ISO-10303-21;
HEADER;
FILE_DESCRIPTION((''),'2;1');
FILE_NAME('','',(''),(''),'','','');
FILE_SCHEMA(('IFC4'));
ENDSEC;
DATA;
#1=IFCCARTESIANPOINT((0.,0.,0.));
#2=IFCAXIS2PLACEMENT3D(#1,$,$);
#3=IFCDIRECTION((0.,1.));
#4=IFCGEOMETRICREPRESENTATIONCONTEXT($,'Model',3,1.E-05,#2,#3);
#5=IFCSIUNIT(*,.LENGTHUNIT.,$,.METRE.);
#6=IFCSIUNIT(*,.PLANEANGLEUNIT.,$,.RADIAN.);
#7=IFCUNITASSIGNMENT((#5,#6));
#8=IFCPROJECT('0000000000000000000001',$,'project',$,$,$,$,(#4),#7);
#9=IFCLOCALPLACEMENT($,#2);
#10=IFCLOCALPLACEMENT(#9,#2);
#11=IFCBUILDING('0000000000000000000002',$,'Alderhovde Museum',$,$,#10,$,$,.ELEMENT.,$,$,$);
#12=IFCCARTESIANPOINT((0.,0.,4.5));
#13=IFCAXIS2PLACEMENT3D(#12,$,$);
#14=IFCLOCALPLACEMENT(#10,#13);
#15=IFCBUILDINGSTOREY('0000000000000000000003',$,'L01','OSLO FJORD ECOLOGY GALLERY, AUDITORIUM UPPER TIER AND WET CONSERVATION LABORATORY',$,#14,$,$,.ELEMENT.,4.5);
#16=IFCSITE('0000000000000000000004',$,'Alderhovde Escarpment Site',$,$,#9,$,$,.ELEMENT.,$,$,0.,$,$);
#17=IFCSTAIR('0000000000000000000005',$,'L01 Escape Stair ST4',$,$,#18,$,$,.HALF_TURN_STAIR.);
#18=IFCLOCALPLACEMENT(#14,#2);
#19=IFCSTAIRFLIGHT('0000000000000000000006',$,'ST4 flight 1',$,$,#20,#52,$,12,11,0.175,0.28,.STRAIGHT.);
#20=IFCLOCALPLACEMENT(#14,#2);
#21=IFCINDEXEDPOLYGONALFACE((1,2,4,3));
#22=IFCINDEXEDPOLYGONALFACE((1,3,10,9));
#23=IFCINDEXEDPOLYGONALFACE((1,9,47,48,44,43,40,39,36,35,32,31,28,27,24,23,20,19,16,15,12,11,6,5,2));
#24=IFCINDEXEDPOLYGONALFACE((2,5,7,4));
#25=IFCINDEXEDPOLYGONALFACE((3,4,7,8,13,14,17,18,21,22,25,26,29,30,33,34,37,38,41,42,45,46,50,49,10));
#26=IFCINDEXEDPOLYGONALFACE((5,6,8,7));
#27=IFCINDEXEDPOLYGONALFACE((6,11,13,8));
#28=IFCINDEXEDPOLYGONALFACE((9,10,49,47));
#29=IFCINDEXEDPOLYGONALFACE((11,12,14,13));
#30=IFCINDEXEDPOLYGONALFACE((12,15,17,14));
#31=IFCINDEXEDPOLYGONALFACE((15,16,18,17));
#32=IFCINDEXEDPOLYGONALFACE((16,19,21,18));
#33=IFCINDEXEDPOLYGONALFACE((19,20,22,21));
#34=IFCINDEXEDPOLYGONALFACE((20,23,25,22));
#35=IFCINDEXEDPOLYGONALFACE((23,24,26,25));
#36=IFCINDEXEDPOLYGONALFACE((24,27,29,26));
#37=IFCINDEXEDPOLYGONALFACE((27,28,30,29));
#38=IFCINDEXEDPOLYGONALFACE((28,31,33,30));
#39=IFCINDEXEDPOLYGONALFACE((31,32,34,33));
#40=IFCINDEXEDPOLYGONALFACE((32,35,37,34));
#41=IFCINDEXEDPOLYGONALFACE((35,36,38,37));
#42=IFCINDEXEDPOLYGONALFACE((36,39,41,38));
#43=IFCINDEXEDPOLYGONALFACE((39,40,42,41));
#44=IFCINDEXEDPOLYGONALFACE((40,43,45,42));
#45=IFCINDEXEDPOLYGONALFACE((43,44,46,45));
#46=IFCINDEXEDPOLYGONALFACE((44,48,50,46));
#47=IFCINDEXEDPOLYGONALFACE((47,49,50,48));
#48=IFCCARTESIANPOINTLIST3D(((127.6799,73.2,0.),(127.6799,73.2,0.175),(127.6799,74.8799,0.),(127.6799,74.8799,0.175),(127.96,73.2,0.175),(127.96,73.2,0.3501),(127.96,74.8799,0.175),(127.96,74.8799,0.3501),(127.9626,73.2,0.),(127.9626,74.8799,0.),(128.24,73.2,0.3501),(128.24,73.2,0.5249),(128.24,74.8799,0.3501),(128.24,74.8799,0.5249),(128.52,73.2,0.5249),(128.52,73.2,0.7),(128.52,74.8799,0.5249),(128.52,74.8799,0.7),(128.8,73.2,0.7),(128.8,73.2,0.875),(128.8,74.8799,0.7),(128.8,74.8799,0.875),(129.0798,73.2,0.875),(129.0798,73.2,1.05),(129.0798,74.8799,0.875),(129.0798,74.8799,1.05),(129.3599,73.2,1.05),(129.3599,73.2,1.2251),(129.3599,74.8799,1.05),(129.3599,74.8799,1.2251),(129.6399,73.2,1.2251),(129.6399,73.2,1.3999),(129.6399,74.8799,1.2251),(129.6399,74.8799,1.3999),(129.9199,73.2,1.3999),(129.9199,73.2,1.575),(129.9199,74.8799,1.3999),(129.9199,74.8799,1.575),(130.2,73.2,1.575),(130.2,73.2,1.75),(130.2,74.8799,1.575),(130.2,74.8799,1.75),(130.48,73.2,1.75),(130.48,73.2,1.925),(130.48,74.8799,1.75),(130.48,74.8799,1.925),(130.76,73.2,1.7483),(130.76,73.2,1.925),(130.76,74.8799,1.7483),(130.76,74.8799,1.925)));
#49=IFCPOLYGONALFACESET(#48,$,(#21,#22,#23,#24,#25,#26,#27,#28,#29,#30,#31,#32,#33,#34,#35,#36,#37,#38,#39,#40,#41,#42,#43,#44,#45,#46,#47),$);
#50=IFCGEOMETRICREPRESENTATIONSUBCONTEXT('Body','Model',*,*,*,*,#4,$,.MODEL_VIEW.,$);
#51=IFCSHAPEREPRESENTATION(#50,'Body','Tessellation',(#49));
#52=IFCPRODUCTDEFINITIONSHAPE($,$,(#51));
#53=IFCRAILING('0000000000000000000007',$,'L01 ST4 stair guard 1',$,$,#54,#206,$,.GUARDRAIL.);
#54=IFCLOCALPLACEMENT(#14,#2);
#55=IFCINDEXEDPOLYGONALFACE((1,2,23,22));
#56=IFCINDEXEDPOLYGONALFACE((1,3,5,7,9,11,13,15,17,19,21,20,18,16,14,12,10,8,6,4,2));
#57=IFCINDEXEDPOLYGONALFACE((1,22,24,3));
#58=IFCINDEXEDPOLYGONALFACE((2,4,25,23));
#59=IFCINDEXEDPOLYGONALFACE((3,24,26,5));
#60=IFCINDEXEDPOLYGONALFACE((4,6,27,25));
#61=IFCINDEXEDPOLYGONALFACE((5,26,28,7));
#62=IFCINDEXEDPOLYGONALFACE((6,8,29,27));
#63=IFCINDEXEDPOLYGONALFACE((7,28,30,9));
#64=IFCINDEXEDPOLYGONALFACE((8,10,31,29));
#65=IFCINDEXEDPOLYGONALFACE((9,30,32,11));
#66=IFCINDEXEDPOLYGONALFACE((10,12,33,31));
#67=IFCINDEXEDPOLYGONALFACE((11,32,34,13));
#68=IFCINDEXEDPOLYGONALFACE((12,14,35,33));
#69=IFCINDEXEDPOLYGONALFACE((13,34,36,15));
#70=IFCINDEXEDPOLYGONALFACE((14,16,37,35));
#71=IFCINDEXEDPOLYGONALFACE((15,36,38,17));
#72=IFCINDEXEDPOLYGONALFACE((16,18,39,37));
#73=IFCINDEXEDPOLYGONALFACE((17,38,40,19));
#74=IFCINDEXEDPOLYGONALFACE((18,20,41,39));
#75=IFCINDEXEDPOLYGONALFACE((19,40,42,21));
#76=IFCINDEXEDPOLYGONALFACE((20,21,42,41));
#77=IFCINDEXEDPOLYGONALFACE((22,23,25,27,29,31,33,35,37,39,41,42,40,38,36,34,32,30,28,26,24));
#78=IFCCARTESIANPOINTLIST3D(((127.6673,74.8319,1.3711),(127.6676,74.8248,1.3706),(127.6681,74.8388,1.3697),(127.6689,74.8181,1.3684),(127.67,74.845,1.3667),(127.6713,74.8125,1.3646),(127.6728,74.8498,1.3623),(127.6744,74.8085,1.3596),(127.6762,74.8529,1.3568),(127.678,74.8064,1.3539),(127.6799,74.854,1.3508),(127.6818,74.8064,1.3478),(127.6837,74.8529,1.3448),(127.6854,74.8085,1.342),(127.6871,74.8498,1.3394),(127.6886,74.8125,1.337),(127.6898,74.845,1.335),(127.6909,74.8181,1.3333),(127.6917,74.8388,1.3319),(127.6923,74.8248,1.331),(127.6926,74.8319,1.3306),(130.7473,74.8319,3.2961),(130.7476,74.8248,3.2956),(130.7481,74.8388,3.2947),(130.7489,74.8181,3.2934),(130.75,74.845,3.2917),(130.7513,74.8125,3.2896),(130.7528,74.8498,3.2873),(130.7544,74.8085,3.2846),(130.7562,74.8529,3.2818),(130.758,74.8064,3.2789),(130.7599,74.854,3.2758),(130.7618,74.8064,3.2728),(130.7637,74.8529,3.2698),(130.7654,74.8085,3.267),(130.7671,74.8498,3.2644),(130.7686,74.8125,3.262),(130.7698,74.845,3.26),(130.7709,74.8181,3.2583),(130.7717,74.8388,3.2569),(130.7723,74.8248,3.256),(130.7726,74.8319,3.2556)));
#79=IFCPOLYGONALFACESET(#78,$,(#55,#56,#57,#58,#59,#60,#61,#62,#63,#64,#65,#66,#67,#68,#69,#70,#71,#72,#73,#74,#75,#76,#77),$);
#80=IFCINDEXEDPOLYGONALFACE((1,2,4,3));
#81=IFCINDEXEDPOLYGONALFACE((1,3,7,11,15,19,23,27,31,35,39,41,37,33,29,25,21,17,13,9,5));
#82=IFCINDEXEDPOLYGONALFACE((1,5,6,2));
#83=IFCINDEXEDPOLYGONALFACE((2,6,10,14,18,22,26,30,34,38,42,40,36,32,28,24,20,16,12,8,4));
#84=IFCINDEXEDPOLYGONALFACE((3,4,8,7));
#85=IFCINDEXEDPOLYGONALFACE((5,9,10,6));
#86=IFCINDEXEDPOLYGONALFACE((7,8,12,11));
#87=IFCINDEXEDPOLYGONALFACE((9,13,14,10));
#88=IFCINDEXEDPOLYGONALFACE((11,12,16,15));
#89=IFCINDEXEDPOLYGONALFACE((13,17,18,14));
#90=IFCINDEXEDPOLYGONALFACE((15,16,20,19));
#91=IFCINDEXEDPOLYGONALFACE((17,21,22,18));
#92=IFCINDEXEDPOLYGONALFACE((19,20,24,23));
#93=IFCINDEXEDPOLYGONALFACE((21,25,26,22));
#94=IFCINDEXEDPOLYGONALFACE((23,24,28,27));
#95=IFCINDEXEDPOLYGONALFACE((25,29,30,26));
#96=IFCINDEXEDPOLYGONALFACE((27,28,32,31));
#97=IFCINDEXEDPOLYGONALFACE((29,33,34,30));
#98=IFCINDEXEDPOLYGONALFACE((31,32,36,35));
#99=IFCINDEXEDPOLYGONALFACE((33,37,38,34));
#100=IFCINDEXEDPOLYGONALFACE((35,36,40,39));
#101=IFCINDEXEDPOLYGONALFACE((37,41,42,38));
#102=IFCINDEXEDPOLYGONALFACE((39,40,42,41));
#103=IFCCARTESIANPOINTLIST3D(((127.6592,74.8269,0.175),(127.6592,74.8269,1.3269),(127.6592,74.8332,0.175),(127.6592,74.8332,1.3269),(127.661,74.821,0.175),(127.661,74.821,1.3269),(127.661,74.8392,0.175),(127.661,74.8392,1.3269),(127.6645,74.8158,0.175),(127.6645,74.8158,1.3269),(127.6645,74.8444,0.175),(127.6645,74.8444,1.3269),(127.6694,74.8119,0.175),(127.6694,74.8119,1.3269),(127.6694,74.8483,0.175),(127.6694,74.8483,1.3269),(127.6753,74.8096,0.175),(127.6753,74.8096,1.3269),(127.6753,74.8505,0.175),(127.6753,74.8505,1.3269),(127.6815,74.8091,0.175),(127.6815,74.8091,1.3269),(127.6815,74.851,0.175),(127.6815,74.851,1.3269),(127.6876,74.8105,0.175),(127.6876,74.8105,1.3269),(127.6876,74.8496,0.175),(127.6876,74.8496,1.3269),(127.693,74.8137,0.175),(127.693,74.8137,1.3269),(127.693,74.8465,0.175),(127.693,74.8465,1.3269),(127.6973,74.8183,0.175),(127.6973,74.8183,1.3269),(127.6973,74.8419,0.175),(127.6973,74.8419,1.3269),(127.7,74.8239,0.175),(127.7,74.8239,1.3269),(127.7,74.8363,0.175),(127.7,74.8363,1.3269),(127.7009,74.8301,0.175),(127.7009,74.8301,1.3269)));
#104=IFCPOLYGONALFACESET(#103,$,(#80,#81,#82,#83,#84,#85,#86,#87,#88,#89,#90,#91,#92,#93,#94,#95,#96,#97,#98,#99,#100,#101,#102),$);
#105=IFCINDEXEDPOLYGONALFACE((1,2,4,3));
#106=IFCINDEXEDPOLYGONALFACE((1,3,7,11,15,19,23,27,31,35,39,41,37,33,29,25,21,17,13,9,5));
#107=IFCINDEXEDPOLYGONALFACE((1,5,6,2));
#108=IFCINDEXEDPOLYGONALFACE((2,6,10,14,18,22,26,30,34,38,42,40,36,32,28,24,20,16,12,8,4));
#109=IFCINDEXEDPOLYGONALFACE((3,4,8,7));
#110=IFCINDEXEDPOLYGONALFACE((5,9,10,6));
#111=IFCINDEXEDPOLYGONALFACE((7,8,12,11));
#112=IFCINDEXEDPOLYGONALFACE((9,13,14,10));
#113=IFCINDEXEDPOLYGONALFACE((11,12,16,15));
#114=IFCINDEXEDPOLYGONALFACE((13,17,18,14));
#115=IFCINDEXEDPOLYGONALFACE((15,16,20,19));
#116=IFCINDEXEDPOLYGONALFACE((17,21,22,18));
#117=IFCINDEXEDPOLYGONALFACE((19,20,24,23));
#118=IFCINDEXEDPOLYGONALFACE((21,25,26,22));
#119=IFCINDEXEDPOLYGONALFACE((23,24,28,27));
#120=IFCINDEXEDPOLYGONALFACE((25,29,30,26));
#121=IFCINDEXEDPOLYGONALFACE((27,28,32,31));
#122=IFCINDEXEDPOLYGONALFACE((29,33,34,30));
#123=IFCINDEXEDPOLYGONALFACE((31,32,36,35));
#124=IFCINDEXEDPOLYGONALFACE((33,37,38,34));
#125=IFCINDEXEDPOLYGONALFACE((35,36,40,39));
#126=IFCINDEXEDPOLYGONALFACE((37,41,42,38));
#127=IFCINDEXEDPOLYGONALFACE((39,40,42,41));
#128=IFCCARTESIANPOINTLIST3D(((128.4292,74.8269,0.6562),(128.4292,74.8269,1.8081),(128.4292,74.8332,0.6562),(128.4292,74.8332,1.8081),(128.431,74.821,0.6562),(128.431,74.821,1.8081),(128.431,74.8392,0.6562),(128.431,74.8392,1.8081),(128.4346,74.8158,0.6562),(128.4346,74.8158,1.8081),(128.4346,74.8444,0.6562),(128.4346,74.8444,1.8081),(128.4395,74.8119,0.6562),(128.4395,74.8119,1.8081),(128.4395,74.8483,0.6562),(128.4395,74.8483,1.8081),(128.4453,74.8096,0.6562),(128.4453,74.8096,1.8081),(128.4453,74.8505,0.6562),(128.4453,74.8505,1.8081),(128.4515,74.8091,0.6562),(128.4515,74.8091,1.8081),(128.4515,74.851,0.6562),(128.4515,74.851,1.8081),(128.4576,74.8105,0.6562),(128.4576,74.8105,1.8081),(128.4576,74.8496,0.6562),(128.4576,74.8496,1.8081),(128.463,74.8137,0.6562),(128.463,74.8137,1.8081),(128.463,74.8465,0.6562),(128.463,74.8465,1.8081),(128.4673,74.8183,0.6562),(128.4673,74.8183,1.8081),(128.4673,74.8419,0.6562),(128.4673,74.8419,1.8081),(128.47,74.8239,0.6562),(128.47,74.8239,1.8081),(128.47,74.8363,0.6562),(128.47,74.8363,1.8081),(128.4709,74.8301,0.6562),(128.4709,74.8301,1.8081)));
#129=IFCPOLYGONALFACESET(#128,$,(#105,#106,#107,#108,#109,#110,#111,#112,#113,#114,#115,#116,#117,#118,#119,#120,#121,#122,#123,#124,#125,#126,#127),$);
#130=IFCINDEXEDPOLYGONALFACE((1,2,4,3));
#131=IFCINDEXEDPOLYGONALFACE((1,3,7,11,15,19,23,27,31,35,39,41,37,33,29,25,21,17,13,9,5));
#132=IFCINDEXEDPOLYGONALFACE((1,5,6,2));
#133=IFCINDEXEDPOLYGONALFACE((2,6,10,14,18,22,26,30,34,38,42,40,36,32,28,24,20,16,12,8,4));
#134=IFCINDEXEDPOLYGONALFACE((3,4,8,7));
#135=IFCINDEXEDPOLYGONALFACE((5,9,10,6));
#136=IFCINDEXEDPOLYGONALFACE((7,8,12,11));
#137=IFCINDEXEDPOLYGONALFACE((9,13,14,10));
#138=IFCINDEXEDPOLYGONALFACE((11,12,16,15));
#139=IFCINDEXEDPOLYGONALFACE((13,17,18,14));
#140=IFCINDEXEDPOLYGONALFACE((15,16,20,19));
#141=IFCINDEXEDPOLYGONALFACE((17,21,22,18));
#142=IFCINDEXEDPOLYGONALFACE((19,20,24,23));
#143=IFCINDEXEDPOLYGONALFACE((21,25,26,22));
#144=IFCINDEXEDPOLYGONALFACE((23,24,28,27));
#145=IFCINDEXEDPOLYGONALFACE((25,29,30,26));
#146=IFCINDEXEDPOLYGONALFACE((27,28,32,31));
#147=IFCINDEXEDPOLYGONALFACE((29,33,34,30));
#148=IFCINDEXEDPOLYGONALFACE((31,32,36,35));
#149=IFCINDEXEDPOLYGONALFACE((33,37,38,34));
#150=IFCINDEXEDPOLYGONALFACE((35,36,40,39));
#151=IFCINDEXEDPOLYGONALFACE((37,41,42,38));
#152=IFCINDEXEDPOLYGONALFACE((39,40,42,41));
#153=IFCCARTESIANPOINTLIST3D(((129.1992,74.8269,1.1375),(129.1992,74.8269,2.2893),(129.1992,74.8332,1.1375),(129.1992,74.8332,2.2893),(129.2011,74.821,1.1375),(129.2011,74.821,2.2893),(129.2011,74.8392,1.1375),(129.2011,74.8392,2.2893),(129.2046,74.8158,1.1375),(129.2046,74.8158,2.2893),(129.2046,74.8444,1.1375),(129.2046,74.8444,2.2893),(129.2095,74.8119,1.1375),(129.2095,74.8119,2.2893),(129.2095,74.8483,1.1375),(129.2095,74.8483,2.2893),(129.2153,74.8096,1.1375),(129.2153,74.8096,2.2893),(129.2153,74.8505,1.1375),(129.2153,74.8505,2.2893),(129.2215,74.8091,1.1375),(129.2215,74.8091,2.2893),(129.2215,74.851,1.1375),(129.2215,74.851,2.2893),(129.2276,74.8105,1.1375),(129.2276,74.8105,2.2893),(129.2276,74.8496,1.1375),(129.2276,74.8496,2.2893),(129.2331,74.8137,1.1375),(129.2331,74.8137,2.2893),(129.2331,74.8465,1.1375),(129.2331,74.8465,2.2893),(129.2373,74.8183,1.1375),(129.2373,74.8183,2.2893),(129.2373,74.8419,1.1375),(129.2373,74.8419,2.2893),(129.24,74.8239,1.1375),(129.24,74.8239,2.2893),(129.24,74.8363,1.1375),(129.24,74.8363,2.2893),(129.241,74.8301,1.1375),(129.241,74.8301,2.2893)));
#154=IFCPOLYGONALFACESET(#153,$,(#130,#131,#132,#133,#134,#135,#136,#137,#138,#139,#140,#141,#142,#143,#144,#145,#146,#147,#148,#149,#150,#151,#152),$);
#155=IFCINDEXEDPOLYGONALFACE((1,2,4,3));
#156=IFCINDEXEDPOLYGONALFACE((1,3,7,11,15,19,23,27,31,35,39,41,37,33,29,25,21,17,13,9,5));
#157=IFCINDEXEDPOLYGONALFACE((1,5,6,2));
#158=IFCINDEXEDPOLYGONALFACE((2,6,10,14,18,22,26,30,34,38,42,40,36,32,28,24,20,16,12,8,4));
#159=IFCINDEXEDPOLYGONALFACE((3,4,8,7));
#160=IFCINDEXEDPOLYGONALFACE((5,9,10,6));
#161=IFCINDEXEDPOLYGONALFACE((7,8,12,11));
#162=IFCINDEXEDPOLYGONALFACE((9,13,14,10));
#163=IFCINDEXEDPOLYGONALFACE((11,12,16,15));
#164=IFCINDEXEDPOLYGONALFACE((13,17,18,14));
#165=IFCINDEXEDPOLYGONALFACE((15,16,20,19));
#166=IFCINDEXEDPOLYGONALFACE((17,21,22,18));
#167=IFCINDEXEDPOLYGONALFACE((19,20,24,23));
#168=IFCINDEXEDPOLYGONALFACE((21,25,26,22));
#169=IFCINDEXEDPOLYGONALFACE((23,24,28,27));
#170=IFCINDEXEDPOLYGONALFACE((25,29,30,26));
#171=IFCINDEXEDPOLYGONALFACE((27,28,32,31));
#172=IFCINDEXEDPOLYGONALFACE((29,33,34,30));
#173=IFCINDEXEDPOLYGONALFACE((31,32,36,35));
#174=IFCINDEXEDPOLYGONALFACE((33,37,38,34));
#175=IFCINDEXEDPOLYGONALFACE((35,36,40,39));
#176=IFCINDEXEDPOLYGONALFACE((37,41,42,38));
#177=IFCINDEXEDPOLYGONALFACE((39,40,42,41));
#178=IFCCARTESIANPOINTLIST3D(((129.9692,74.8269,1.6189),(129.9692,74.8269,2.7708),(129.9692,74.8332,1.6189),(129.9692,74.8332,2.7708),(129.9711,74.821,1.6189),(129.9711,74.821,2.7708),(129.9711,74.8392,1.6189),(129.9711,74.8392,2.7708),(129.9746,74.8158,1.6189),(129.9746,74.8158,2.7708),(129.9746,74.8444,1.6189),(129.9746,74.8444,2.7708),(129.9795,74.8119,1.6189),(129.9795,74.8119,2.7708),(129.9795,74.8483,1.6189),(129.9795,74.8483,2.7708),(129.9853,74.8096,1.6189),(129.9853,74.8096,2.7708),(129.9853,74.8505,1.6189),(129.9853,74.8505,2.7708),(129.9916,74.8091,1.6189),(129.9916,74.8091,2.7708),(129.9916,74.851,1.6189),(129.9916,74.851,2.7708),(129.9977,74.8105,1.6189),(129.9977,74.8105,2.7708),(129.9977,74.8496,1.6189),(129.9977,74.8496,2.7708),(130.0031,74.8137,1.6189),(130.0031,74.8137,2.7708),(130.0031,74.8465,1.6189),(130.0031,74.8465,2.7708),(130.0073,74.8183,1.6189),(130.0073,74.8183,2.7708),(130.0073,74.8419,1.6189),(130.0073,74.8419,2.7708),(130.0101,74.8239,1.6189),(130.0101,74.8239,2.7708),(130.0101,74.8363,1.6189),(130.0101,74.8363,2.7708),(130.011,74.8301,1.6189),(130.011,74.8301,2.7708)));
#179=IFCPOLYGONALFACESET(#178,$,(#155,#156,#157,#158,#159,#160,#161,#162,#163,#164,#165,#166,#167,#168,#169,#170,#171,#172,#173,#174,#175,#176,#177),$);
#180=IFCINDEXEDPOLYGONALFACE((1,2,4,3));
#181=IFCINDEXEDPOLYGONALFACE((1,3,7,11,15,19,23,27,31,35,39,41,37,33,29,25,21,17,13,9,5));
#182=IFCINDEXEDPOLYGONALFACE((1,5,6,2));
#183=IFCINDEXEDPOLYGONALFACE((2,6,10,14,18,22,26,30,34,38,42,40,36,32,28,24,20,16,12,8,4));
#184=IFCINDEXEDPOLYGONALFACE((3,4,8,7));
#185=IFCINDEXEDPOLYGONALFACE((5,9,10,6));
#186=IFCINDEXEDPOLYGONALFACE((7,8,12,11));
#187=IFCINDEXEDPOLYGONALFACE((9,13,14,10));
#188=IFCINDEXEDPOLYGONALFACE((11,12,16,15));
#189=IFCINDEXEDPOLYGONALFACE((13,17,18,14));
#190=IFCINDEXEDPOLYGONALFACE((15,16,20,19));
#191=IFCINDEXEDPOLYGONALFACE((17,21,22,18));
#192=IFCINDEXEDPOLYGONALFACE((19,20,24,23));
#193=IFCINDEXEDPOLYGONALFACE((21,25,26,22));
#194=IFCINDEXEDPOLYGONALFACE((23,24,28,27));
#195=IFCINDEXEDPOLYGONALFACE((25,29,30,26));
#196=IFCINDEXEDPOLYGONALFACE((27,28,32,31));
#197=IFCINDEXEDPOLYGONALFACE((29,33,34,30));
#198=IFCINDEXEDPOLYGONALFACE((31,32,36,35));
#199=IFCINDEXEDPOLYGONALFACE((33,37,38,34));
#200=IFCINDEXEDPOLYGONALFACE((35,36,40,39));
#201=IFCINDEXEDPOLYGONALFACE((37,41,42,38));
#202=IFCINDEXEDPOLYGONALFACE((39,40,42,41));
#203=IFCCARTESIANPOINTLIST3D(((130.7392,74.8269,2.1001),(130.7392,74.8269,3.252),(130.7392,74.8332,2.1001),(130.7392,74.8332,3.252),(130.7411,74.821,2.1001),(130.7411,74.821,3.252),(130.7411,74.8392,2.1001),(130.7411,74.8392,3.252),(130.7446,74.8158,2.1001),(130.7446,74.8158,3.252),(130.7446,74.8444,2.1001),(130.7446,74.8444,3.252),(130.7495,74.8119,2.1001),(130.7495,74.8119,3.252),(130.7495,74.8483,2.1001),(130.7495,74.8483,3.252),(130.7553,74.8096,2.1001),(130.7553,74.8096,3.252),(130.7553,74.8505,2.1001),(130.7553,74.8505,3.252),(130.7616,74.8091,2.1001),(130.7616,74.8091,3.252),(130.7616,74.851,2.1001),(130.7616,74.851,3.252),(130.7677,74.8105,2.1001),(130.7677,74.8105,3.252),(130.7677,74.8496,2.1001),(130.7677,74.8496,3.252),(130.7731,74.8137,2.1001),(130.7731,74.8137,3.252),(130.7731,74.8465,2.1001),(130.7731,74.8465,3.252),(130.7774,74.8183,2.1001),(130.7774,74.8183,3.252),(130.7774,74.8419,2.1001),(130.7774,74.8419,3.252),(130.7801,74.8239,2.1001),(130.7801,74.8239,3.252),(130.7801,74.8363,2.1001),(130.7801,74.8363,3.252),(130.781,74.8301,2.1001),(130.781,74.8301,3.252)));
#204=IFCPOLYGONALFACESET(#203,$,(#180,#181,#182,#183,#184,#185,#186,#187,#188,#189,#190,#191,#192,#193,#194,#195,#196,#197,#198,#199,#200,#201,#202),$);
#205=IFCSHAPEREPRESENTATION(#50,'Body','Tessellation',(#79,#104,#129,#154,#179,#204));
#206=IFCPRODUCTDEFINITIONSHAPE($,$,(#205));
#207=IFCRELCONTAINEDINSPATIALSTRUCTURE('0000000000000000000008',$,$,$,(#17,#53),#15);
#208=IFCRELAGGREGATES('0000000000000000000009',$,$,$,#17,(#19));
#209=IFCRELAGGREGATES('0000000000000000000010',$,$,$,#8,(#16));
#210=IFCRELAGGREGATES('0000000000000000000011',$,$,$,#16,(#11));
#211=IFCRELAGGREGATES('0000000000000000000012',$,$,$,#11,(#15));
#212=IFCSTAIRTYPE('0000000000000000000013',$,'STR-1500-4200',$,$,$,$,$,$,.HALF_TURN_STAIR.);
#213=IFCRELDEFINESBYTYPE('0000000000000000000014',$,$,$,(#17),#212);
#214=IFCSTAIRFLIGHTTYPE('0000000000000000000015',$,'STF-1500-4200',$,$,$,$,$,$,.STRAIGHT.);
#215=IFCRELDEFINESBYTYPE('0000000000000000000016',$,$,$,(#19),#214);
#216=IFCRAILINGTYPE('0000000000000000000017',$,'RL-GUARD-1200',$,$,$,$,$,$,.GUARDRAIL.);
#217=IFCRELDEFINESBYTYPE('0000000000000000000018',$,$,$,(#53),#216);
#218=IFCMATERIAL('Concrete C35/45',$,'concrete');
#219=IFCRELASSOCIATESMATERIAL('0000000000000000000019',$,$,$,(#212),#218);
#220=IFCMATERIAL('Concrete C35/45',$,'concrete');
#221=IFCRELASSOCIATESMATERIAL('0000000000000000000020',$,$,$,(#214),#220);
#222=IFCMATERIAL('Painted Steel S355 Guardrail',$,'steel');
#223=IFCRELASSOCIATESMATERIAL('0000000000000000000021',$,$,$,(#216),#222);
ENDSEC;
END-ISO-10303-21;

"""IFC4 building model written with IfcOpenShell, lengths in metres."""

from ifc_helpers import new_model, si_unit, direction, frame, origin, origin_2d, place, context, subcontext, project, spatial, polyline, circle, outline, extrude, material, type_object, element, aggregate, save


model = new_model("IFC4")

# Units and contexts
model_context = context("Model", 3, precision=1e-05, world=origin(), true_north=direction((0.0, 1.0)))
body_context = subcontext(model_context, "Body", "Model", "MODEL_VIEW")
ifc_project = project(units=[si_unit("LENGTHUNIT", "METRE"), si_unit("PLANEANGLEUNIT", "RADIAN")], contexts=[model_context])

# Site, building, storey
site_placement = place(None, origin())
site = spatial("IfcSite", under=ifc_project, at=site_placement, Name="Alderhovde Escarpment Site", CompositionType="ELEMENT", RefElevation=0.0)
building_placement = place(site_placement, origin())
building = spatial("IfcBuilding", under=site, at=building_placement, Name="Alderhovde Museum", CompositionType="ELEMENT")
storey_placement = place(building_placement, frame((0.0, 0.0, 4.5)))
storey = spatial("IfcBuildingStorey", under=building, at=storey_placement, Name="L01", Description="OSLO FJORD ECOLOGY GALLERY, AUDITORIUM UPPER TIER AND WET CONSERVATION LABORATORY", CompositionType="ELEMENT", Elevation=4.5)

# Stair, stair flight
ifc_material_1 = material(Name="Concrete C35/45", Category="concrete")
stair_type = type_object("IfcStairType", Name="STR-1500-4200", PredefinedType="HALF_TURN_STAIR", material=ifc_material_1)
stair_placement = place(storey_placement, origin())
stair = element("IfcStair", 1, at=stair_placement, inside=storey, type_object=stair_type, Name="L01 Escape Stair ST4", PredefinedType="HALF_TURN_STAIR")
ifc_material_2 = material(Name="Concrete C35/45", Category="concrete")
stair_flight_type = type_object("IfcStairFlightType", Name="STF-1500-4200", PredefinedType="STRAIGHT", material=ifc_material_2)
stair_flight_placement = place(storey_placement, frame((127.6799, 74.04, 0.0), z_axis=(0.0, 0.0, 1.0), x_axis=(1.0, 0.0, 0.0)))
stair_flight = element("IfcStairFlight", 2, at=stair_flight_placement, type_object=stair_flight_type, Name="ST4 flight 1", NumberOfRisers=12, NumberOfTreads=11, PredefinedType="STRAIGHT", RiserHeight=0.175, TreadLength=0.28, context=body_context, shape_type="SweptSolid", body=[
    extrude(outline(polyline([(0.0, 0.0), (0.0, 0.175), (0.28, 0.175), (0.28, 0.3501), (0.5601, 0.3501), (0.5601, 0.5249), (0.8401, 0.5249), (0.8401, 0.7), (1.1201, 0.7), (1.1201, 0.875), (1.3999, 0.875), (1.3999, 1.05), (1.6799, 1.05), (1.6799, 1.2251), (1.96, 1.2251), (1.96, 1.3999), (2.24, 1.3999), (2.24, 1.575), (2.52, 1.575), (2.52, 1.75), (2.8, 1.75), (2.8, 1.925), (3.0801, 1.925), (3.0801, 2.1001), (3.0801, 1.7483), (0.2827, 0.0), (0.0, 0.0)])), frame((0.0, 0.8398, 0.0), z_axis=(0.0, -1.0, 0.0), x_axis=(1.0, 0.0, 0.0)), (0.0, 0.0, 1.0), 1.6799),
])
aggregate(stair, [stair_flight])

# Railing
ifc_material_3 = material(Name="Painted Steel S355 Guardrail", Category="steel")
railing_type_1 = type_object("IfcRailingType", Name="RL-GUARD-1200", PredefinedType="GUARDRAIL", material=ifc_material_3)
railing_1_placement = place(storey_placement, frame((127.6799, 74.8301, 0.175)))
element("IfcRailing", 3, at=railing_1_placement, inside=storey, type_object=railing_type_1, Name="L01 ST4 stair guard 1", PredefinedType="GUARDRAIL", context=body_context, shape_type="SweptSolid", body=[
    extrude(circle(Radius=0.0239, at=origin_2d()), frame((0.0, 0.0, 1.1758), z_axis=(0.847998, 0.0, 0.529999), x_axis=(0.0, 1.0, 0.0)), (0.0, 0.0, 1.0), 3.6321),
    extrude(circle(Radius=0.021, at=origin_2d()), origin(), (0.0, 0.0, 1.0), 1.1519),
    extrude(circle(Radius=0.021, at=origin_2d()), frame((0.77, 0.0, 0.4812)), (0.0, 0.0, 1.0), 1.1519),
    extrude(circle(Radius=0.021, at=origin_2d()), frame((1.54, 0.0, 0.9624)), (0.0, 0.0, 1.0), 1.1519),
    extrude(circle(Radius=0.021, at=origin_2d()), frame((2.3101, 0.0, 1.4438)), (0.0, 0.0, 1.0), 1.1519),
    extrude(circle(Radius=0.021, at=origin_2d()), frame((3.0801, 0.0, 1.925)), (0.0, 0.0, 1.0), 1.1519),
])

save(model, "model.ifc")
